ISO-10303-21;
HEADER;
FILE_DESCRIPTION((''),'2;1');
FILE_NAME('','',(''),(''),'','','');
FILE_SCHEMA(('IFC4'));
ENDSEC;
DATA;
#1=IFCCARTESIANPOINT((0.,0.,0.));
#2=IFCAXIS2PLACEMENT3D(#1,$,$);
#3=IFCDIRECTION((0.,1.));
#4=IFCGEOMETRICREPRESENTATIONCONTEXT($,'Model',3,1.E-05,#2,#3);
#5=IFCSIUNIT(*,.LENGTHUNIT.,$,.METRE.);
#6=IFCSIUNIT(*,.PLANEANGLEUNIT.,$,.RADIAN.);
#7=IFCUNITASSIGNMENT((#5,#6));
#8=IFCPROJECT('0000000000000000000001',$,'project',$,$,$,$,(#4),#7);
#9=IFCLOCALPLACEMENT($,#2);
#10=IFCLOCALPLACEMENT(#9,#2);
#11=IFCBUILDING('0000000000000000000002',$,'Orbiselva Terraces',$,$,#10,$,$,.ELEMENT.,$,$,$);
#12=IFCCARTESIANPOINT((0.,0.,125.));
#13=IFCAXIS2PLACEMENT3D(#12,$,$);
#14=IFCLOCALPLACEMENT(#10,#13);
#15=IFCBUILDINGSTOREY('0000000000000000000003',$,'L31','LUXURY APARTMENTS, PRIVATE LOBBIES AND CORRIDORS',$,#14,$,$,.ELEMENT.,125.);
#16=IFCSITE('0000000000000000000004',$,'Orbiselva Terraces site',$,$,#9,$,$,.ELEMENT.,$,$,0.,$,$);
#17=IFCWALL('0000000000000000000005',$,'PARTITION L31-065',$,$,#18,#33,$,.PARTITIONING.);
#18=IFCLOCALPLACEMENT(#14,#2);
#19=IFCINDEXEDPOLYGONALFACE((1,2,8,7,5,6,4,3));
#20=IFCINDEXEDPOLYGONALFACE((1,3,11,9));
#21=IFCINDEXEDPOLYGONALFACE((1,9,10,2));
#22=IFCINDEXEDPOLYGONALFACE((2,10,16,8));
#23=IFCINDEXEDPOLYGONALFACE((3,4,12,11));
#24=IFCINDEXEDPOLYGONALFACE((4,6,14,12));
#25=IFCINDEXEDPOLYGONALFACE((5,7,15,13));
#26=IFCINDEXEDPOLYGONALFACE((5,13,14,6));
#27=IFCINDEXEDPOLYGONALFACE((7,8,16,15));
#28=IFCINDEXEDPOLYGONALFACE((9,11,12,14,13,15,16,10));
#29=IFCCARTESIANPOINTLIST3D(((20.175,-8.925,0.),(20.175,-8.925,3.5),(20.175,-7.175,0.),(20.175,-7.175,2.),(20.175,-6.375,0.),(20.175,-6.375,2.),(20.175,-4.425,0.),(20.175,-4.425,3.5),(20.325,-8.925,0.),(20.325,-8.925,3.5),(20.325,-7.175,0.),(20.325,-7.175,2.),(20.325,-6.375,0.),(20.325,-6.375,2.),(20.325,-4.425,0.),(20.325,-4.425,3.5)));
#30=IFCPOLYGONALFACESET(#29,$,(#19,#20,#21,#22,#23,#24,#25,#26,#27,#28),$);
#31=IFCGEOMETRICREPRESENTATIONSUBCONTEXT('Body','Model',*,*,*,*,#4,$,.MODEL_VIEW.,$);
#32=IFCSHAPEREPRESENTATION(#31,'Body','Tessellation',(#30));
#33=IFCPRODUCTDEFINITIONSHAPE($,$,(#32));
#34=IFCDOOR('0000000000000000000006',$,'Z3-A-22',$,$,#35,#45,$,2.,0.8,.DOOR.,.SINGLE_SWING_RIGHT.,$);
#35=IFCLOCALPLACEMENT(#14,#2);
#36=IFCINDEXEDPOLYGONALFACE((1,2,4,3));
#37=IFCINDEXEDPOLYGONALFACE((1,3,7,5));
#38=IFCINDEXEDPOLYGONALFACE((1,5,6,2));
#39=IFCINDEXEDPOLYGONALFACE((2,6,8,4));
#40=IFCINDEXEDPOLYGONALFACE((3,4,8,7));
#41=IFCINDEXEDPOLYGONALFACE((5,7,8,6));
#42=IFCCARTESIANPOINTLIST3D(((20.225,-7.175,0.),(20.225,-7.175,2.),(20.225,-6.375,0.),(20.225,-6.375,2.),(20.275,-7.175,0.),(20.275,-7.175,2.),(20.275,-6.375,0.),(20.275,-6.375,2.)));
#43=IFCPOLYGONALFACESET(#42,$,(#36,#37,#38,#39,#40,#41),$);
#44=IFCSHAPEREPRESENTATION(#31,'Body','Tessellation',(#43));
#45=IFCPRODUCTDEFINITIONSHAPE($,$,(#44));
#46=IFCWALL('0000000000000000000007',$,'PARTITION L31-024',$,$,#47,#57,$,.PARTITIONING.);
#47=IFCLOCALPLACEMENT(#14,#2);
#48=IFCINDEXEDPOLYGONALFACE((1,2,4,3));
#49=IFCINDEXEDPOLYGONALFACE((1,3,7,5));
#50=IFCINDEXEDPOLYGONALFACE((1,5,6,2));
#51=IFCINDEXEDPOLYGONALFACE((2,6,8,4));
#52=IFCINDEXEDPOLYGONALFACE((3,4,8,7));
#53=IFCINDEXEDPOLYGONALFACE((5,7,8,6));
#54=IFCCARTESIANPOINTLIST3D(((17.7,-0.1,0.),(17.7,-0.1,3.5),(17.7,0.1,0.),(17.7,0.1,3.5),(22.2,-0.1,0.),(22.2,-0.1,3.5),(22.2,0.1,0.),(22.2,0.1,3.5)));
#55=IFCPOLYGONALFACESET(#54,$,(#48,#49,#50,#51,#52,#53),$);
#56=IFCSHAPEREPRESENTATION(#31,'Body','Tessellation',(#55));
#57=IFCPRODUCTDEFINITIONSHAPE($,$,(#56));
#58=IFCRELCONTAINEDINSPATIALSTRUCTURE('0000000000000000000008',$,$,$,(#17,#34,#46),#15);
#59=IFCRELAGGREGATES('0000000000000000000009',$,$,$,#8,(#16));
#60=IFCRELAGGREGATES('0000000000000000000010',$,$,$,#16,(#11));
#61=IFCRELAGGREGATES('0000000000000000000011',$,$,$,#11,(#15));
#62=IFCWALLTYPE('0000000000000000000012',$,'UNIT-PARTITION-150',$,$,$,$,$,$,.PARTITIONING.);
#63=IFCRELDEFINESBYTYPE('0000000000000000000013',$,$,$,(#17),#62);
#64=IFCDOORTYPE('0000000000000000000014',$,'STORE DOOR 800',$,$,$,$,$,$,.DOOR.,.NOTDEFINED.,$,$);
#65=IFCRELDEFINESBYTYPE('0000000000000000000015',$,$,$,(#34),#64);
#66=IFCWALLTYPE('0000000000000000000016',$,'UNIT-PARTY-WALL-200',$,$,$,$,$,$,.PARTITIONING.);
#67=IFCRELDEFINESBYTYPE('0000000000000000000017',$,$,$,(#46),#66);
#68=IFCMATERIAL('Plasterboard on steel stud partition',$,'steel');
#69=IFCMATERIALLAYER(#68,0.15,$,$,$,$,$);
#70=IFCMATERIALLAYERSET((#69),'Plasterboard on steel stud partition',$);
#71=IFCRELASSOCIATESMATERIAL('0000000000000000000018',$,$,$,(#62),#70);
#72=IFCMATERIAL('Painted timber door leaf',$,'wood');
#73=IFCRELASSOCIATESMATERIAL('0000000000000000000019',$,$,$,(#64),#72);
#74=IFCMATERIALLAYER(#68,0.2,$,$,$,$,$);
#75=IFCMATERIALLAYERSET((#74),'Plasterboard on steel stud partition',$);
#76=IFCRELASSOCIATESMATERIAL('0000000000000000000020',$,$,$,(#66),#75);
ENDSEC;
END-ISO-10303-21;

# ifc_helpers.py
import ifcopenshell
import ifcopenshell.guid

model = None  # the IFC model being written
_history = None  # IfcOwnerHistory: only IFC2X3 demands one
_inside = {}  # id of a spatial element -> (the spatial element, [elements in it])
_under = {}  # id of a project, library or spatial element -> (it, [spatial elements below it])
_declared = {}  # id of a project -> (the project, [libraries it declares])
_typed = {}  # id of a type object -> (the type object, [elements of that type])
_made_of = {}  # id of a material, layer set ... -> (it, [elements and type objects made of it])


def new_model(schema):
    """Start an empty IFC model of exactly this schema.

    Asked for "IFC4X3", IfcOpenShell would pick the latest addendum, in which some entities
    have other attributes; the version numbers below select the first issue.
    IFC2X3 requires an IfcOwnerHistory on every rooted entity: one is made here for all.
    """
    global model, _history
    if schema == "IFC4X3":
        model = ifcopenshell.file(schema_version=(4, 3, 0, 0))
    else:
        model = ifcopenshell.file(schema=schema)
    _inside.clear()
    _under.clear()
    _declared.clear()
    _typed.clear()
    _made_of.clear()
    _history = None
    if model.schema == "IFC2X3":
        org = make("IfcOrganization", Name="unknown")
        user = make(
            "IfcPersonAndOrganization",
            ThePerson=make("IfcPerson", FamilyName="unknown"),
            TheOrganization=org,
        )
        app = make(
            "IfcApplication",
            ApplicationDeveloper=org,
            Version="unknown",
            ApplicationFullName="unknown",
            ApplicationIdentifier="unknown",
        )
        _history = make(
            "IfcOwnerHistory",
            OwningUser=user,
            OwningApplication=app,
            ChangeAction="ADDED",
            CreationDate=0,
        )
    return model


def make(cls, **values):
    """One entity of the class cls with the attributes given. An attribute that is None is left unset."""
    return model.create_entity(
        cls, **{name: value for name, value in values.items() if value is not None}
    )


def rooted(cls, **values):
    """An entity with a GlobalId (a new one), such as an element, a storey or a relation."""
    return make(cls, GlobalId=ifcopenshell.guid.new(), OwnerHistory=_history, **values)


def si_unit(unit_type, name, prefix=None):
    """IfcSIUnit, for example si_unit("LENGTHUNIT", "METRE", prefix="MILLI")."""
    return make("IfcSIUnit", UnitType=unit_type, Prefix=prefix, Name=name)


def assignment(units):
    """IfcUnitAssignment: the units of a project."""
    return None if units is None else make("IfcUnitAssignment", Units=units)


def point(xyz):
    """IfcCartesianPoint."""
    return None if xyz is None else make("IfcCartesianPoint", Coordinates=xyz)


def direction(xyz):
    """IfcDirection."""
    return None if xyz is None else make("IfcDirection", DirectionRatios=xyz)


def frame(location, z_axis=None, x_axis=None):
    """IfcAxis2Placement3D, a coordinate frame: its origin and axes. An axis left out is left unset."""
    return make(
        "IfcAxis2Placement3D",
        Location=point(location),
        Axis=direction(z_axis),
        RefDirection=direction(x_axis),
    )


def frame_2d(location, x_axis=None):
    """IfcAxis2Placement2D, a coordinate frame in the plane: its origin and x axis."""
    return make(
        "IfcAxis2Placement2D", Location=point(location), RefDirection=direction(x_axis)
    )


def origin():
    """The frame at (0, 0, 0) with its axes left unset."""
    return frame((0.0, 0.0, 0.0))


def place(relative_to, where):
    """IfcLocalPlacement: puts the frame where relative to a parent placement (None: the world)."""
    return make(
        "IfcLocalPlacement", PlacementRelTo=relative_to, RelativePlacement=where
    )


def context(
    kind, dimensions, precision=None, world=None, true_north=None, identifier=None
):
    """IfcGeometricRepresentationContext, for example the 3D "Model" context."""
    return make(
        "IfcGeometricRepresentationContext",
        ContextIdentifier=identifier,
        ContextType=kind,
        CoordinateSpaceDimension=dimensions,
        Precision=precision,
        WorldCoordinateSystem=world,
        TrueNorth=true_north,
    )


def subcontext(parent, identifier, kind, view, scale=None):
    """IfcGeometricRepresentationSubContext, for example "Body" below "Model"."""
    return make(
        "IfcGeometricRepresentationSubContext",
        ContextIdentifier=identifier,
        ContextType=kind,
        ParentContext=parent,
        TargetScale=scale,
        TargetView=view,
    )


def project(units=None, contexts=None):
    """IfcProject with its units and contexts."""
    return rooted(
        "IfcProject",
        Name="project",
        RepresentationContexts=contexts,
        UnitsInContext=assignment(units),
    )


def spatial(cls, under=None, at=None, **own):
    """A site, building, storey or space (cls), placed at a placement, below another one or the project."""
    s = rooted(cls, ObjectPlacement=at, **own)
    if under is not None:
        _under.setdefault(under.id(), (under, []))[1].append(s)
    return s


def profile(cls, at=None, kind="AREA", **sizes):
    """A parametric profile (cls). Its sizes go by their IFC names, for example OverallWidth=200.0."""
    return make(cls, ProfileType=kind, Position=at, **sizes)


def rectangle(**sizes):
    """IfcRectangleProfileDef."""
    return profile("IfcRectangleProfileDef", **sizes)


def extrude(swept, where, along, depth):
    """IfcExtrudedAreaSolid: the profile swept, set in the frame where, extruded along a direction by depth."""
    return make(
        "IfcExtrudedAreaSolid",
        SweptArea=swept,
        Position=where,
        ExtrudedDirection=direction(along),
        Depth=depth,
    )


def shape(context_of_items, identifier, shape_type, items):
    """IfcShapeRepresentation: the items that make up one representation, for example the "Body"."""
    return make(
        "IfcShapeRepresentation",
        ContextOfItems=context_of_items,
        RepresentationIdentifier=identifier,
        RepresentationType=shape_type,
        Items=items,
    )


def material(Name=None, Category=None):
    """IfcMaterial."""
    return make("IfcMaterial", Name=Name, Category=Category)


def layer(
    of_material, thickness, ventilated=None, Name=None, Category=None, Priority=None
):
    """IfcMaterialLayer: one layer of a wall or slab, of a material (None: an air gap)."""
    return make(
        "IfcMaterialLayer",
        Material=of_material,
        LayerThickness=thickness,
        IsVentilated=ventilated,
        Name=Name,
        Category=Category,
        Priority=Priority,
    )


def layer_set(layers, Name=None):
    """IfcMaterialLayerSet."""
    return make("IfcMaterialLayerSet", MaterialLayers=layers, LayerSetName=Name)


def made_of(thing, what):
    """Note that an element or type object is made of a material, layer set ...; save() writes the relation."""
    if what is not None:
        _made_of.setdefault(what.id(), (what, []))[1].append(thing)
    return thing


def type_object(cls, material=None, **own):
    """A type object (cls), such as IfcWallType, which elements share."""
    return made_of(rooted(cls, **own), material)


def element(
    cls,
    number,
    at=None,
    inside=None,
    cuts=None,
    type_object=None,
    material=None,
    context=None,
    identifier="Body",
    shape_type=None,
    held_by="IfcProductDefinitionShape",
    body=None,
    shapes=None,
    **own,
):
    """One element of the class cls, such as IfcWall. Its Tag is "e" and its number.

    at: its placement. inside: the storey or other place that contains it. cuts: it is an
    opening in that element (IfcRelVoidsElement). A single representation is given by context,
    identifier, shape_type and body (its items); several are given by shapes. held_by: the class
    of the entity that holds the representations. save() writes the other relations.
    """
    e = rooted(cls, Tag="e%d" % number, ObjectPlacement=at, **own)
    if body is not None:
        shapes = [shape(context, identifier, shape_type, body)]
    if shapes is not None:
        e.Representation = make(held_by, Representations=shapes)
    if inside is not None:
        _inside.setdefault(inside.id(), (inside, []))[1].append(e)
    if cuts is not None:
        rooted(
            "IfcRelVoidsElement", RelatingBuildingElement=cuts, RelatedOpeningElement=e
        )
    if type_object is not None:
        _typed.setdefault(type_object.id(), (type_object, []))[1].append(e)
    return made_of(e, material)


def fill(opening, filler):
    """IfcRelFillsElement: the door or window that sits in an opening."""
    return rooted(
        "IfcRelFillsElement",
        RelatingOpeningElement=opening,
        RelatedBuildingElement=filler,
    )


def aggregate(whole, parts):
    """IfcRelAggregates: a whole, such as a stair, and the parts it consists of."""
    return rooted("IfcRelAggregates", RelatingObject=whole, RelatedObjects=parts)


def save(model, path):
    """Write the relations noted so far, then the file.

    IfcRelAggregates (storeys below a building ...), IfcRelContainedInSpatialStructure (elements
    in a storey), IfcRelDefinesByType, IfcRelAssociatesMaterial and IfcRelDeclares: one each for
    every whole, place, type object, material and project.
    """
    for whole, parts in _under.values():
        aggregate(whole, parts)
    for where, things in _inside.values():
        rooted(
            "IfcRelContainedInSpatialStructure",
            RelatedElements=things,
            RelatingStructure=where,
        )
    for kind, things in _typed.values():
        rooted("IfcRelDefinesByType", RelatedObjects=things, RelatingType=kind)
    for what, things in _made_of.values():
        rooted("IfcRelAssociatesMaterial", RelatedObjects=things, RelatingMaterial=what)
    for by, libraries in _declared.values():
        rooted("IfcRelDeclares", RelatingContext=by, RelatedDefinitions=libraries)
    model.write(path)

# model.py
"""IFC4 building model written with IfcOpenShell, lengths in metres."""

from ifc_helpers import new_model, si_unit, direction, frame, frame_2d, origin, place, context, subcontext, project, spatial, rectangle, extrude, material, layer, layer_set, type_object, element, fill, save


model = new_model("IFC4")

# Units and contexts
model_context = context("Model", 3, precision=1e-05, world=origin(), true_north=direction((0.0, 1.0)))
body_context = subcontext(model_context, "Body", "Model", "MODEL_VIEW")
ifc_project = project(units=[si_unit("LENGTHUNIT", "METRE"), si_unit("PLANEANGLEUNIT", "RADIAN")], contexts=[model_context])

# Site, building, storey
site_placement = place(None, origin())
site = spatial("IfcSite", under=ifc_project, at=site_placement, Name="Orbiselva Terraces site", CompositionType="ELEMENT", RefElevation=0.0)
building_placement = place(site_placement, origin())
building = spatial("IfcBuilding", under=site, at=building_placement, Name="Orbiselva Terraces", CompositionType="ELEMENT")
storey_placement = place(building_placement, frame((0.0, 0.0, 125.0)))
storey = spatial("IfcBuildingStorey", under=building, at=storey_placement, Name="L31", Description="LUXURY APARTMENTS, PRIVATE LOBBIES AND CORRIDORS", CompositionType="ELEMENT", Elevation=125.0)

# Shared definitions
ifc_material_1 = material(Name="Plasterboard on steel stud partition", Category="steel")
ifc_material_2 = material(Name="Painted timber door leaf", Category="wood")

# Shared definitions
ifc_layer_1 = layer(ifc_material_1, 0.15)
ifc_layer_set_1 = layer_set([ifc_layer_1], Name="Plasterboard on steel stud partition")
wall_type_1 = type_object("IfcWallType", Name="UNIT-PARTITION-150", PredefinedType="PARTITIONING", material=ifc_layer_set_1)

# Shared definitions
door_type_1 = type_object("IfcDoorType", Name="STORE DOOR 800", OperationType="NOTDEFINED", PredefinedType="DOOR", material=ifc_material_2)

# Wall, opening, door
wall_1_placement = place(storey_placement, frame((20.25, -4.425, 0.0), z_axis=(0.0, 0.0, 1.0), x_axis=(0.0, -1.0, 0.0)))
wall_1 = element("IfcWall", 1, at=wall_1_placement, inside=storey, type_object=wall_type_1, Name="PARTITION L31-065", PredefinedType="PARTITIONING", context=body_context, shape_type="SweptSolid", body=[
    extrude(rectangle(XDim=4.5, YDim=0.15, at=frame_2d((2.25, 0.0))), origin(), (0.0, 0.0, 1.0), 3.5),
])
opening_1_placement = place(wall_1_placement, frame((1.95, 0.0, 0.0)))
opening_1 = element("IfcOpeningElement", 2, at=opening_1_placement, cuts=wall_1, PredefinedType="OPENING", context=body_context, shape_type="SweptSolid", body=[
    extrude(rectangle(XDim=0.8, YDim=2.0, at=frame_2d((0.4, 1.0))), frame((0.0, 0.085, 0.0), z_axis=(0.0, -1.0, 0.0), x_axis=(1.0, 0.0, 0.0)), (0.0, 0.0, 1.0), 0.17),
])
door_1_placement = place(opening_1_placement, origin())
door_1 = element("IfcDoor", 3, at=door_1_placement, inside=storey, type_object=door_type_1, Name="Z3-A-22", OperationType="SINGLE_SWING_RIGHT", OverallHeight=2.0, OverallWidth=0.8, PredefinedType="DOOR", context=body_context, shape_type="SweptSolid", body=[
    extrude(rectangle(XDim=0.8, YDim=2.0, at=frame_2d((0.4, 1.0))), frame((0.0, 0.025, 0.0), z_axis=(0.0, -1.0, 0.0), x_axis=(1.0, 0.0, 0.0)), (0.0, 0.0, 1.0), 0.05),
])
fill(opening_1, door_1)

# Wall
ifc_layer_2 = layer(ifc_material_1, 0.2)
ifc_layer_set_2 = layer_set([ifc_layer_2], Name="Plasterboard on steel stud partition")
wall_type_2 = type_object("IfcWallType", Name="UNIT-PARTY-WALL-200", PredefinedType="PARTITIONING", material=ifc_layer_set_2)
wall_2_placement = place(storey_placement, frame((17.7, 0.0, 0.0), z_axis=(0.0, 0.0, 1.0), x_axis=(1.0, 0.0, 0.0)))
element("IfcWall", 4, at=wall_2_placement, inside=storey, type_object=wall_type_2, Name="PARTITION L31-024", PredefinedType="PARTITIONING", context=body_context, shape_type="SweptSolid", body=[
    extrude(rectangle(XDim=4.5, YDim=0.2, at=frame_2d((2.25, 0.0))), origin(), (0.0, 0.0, 1.0), 3.5),
])

save(model, "model.ifc")
